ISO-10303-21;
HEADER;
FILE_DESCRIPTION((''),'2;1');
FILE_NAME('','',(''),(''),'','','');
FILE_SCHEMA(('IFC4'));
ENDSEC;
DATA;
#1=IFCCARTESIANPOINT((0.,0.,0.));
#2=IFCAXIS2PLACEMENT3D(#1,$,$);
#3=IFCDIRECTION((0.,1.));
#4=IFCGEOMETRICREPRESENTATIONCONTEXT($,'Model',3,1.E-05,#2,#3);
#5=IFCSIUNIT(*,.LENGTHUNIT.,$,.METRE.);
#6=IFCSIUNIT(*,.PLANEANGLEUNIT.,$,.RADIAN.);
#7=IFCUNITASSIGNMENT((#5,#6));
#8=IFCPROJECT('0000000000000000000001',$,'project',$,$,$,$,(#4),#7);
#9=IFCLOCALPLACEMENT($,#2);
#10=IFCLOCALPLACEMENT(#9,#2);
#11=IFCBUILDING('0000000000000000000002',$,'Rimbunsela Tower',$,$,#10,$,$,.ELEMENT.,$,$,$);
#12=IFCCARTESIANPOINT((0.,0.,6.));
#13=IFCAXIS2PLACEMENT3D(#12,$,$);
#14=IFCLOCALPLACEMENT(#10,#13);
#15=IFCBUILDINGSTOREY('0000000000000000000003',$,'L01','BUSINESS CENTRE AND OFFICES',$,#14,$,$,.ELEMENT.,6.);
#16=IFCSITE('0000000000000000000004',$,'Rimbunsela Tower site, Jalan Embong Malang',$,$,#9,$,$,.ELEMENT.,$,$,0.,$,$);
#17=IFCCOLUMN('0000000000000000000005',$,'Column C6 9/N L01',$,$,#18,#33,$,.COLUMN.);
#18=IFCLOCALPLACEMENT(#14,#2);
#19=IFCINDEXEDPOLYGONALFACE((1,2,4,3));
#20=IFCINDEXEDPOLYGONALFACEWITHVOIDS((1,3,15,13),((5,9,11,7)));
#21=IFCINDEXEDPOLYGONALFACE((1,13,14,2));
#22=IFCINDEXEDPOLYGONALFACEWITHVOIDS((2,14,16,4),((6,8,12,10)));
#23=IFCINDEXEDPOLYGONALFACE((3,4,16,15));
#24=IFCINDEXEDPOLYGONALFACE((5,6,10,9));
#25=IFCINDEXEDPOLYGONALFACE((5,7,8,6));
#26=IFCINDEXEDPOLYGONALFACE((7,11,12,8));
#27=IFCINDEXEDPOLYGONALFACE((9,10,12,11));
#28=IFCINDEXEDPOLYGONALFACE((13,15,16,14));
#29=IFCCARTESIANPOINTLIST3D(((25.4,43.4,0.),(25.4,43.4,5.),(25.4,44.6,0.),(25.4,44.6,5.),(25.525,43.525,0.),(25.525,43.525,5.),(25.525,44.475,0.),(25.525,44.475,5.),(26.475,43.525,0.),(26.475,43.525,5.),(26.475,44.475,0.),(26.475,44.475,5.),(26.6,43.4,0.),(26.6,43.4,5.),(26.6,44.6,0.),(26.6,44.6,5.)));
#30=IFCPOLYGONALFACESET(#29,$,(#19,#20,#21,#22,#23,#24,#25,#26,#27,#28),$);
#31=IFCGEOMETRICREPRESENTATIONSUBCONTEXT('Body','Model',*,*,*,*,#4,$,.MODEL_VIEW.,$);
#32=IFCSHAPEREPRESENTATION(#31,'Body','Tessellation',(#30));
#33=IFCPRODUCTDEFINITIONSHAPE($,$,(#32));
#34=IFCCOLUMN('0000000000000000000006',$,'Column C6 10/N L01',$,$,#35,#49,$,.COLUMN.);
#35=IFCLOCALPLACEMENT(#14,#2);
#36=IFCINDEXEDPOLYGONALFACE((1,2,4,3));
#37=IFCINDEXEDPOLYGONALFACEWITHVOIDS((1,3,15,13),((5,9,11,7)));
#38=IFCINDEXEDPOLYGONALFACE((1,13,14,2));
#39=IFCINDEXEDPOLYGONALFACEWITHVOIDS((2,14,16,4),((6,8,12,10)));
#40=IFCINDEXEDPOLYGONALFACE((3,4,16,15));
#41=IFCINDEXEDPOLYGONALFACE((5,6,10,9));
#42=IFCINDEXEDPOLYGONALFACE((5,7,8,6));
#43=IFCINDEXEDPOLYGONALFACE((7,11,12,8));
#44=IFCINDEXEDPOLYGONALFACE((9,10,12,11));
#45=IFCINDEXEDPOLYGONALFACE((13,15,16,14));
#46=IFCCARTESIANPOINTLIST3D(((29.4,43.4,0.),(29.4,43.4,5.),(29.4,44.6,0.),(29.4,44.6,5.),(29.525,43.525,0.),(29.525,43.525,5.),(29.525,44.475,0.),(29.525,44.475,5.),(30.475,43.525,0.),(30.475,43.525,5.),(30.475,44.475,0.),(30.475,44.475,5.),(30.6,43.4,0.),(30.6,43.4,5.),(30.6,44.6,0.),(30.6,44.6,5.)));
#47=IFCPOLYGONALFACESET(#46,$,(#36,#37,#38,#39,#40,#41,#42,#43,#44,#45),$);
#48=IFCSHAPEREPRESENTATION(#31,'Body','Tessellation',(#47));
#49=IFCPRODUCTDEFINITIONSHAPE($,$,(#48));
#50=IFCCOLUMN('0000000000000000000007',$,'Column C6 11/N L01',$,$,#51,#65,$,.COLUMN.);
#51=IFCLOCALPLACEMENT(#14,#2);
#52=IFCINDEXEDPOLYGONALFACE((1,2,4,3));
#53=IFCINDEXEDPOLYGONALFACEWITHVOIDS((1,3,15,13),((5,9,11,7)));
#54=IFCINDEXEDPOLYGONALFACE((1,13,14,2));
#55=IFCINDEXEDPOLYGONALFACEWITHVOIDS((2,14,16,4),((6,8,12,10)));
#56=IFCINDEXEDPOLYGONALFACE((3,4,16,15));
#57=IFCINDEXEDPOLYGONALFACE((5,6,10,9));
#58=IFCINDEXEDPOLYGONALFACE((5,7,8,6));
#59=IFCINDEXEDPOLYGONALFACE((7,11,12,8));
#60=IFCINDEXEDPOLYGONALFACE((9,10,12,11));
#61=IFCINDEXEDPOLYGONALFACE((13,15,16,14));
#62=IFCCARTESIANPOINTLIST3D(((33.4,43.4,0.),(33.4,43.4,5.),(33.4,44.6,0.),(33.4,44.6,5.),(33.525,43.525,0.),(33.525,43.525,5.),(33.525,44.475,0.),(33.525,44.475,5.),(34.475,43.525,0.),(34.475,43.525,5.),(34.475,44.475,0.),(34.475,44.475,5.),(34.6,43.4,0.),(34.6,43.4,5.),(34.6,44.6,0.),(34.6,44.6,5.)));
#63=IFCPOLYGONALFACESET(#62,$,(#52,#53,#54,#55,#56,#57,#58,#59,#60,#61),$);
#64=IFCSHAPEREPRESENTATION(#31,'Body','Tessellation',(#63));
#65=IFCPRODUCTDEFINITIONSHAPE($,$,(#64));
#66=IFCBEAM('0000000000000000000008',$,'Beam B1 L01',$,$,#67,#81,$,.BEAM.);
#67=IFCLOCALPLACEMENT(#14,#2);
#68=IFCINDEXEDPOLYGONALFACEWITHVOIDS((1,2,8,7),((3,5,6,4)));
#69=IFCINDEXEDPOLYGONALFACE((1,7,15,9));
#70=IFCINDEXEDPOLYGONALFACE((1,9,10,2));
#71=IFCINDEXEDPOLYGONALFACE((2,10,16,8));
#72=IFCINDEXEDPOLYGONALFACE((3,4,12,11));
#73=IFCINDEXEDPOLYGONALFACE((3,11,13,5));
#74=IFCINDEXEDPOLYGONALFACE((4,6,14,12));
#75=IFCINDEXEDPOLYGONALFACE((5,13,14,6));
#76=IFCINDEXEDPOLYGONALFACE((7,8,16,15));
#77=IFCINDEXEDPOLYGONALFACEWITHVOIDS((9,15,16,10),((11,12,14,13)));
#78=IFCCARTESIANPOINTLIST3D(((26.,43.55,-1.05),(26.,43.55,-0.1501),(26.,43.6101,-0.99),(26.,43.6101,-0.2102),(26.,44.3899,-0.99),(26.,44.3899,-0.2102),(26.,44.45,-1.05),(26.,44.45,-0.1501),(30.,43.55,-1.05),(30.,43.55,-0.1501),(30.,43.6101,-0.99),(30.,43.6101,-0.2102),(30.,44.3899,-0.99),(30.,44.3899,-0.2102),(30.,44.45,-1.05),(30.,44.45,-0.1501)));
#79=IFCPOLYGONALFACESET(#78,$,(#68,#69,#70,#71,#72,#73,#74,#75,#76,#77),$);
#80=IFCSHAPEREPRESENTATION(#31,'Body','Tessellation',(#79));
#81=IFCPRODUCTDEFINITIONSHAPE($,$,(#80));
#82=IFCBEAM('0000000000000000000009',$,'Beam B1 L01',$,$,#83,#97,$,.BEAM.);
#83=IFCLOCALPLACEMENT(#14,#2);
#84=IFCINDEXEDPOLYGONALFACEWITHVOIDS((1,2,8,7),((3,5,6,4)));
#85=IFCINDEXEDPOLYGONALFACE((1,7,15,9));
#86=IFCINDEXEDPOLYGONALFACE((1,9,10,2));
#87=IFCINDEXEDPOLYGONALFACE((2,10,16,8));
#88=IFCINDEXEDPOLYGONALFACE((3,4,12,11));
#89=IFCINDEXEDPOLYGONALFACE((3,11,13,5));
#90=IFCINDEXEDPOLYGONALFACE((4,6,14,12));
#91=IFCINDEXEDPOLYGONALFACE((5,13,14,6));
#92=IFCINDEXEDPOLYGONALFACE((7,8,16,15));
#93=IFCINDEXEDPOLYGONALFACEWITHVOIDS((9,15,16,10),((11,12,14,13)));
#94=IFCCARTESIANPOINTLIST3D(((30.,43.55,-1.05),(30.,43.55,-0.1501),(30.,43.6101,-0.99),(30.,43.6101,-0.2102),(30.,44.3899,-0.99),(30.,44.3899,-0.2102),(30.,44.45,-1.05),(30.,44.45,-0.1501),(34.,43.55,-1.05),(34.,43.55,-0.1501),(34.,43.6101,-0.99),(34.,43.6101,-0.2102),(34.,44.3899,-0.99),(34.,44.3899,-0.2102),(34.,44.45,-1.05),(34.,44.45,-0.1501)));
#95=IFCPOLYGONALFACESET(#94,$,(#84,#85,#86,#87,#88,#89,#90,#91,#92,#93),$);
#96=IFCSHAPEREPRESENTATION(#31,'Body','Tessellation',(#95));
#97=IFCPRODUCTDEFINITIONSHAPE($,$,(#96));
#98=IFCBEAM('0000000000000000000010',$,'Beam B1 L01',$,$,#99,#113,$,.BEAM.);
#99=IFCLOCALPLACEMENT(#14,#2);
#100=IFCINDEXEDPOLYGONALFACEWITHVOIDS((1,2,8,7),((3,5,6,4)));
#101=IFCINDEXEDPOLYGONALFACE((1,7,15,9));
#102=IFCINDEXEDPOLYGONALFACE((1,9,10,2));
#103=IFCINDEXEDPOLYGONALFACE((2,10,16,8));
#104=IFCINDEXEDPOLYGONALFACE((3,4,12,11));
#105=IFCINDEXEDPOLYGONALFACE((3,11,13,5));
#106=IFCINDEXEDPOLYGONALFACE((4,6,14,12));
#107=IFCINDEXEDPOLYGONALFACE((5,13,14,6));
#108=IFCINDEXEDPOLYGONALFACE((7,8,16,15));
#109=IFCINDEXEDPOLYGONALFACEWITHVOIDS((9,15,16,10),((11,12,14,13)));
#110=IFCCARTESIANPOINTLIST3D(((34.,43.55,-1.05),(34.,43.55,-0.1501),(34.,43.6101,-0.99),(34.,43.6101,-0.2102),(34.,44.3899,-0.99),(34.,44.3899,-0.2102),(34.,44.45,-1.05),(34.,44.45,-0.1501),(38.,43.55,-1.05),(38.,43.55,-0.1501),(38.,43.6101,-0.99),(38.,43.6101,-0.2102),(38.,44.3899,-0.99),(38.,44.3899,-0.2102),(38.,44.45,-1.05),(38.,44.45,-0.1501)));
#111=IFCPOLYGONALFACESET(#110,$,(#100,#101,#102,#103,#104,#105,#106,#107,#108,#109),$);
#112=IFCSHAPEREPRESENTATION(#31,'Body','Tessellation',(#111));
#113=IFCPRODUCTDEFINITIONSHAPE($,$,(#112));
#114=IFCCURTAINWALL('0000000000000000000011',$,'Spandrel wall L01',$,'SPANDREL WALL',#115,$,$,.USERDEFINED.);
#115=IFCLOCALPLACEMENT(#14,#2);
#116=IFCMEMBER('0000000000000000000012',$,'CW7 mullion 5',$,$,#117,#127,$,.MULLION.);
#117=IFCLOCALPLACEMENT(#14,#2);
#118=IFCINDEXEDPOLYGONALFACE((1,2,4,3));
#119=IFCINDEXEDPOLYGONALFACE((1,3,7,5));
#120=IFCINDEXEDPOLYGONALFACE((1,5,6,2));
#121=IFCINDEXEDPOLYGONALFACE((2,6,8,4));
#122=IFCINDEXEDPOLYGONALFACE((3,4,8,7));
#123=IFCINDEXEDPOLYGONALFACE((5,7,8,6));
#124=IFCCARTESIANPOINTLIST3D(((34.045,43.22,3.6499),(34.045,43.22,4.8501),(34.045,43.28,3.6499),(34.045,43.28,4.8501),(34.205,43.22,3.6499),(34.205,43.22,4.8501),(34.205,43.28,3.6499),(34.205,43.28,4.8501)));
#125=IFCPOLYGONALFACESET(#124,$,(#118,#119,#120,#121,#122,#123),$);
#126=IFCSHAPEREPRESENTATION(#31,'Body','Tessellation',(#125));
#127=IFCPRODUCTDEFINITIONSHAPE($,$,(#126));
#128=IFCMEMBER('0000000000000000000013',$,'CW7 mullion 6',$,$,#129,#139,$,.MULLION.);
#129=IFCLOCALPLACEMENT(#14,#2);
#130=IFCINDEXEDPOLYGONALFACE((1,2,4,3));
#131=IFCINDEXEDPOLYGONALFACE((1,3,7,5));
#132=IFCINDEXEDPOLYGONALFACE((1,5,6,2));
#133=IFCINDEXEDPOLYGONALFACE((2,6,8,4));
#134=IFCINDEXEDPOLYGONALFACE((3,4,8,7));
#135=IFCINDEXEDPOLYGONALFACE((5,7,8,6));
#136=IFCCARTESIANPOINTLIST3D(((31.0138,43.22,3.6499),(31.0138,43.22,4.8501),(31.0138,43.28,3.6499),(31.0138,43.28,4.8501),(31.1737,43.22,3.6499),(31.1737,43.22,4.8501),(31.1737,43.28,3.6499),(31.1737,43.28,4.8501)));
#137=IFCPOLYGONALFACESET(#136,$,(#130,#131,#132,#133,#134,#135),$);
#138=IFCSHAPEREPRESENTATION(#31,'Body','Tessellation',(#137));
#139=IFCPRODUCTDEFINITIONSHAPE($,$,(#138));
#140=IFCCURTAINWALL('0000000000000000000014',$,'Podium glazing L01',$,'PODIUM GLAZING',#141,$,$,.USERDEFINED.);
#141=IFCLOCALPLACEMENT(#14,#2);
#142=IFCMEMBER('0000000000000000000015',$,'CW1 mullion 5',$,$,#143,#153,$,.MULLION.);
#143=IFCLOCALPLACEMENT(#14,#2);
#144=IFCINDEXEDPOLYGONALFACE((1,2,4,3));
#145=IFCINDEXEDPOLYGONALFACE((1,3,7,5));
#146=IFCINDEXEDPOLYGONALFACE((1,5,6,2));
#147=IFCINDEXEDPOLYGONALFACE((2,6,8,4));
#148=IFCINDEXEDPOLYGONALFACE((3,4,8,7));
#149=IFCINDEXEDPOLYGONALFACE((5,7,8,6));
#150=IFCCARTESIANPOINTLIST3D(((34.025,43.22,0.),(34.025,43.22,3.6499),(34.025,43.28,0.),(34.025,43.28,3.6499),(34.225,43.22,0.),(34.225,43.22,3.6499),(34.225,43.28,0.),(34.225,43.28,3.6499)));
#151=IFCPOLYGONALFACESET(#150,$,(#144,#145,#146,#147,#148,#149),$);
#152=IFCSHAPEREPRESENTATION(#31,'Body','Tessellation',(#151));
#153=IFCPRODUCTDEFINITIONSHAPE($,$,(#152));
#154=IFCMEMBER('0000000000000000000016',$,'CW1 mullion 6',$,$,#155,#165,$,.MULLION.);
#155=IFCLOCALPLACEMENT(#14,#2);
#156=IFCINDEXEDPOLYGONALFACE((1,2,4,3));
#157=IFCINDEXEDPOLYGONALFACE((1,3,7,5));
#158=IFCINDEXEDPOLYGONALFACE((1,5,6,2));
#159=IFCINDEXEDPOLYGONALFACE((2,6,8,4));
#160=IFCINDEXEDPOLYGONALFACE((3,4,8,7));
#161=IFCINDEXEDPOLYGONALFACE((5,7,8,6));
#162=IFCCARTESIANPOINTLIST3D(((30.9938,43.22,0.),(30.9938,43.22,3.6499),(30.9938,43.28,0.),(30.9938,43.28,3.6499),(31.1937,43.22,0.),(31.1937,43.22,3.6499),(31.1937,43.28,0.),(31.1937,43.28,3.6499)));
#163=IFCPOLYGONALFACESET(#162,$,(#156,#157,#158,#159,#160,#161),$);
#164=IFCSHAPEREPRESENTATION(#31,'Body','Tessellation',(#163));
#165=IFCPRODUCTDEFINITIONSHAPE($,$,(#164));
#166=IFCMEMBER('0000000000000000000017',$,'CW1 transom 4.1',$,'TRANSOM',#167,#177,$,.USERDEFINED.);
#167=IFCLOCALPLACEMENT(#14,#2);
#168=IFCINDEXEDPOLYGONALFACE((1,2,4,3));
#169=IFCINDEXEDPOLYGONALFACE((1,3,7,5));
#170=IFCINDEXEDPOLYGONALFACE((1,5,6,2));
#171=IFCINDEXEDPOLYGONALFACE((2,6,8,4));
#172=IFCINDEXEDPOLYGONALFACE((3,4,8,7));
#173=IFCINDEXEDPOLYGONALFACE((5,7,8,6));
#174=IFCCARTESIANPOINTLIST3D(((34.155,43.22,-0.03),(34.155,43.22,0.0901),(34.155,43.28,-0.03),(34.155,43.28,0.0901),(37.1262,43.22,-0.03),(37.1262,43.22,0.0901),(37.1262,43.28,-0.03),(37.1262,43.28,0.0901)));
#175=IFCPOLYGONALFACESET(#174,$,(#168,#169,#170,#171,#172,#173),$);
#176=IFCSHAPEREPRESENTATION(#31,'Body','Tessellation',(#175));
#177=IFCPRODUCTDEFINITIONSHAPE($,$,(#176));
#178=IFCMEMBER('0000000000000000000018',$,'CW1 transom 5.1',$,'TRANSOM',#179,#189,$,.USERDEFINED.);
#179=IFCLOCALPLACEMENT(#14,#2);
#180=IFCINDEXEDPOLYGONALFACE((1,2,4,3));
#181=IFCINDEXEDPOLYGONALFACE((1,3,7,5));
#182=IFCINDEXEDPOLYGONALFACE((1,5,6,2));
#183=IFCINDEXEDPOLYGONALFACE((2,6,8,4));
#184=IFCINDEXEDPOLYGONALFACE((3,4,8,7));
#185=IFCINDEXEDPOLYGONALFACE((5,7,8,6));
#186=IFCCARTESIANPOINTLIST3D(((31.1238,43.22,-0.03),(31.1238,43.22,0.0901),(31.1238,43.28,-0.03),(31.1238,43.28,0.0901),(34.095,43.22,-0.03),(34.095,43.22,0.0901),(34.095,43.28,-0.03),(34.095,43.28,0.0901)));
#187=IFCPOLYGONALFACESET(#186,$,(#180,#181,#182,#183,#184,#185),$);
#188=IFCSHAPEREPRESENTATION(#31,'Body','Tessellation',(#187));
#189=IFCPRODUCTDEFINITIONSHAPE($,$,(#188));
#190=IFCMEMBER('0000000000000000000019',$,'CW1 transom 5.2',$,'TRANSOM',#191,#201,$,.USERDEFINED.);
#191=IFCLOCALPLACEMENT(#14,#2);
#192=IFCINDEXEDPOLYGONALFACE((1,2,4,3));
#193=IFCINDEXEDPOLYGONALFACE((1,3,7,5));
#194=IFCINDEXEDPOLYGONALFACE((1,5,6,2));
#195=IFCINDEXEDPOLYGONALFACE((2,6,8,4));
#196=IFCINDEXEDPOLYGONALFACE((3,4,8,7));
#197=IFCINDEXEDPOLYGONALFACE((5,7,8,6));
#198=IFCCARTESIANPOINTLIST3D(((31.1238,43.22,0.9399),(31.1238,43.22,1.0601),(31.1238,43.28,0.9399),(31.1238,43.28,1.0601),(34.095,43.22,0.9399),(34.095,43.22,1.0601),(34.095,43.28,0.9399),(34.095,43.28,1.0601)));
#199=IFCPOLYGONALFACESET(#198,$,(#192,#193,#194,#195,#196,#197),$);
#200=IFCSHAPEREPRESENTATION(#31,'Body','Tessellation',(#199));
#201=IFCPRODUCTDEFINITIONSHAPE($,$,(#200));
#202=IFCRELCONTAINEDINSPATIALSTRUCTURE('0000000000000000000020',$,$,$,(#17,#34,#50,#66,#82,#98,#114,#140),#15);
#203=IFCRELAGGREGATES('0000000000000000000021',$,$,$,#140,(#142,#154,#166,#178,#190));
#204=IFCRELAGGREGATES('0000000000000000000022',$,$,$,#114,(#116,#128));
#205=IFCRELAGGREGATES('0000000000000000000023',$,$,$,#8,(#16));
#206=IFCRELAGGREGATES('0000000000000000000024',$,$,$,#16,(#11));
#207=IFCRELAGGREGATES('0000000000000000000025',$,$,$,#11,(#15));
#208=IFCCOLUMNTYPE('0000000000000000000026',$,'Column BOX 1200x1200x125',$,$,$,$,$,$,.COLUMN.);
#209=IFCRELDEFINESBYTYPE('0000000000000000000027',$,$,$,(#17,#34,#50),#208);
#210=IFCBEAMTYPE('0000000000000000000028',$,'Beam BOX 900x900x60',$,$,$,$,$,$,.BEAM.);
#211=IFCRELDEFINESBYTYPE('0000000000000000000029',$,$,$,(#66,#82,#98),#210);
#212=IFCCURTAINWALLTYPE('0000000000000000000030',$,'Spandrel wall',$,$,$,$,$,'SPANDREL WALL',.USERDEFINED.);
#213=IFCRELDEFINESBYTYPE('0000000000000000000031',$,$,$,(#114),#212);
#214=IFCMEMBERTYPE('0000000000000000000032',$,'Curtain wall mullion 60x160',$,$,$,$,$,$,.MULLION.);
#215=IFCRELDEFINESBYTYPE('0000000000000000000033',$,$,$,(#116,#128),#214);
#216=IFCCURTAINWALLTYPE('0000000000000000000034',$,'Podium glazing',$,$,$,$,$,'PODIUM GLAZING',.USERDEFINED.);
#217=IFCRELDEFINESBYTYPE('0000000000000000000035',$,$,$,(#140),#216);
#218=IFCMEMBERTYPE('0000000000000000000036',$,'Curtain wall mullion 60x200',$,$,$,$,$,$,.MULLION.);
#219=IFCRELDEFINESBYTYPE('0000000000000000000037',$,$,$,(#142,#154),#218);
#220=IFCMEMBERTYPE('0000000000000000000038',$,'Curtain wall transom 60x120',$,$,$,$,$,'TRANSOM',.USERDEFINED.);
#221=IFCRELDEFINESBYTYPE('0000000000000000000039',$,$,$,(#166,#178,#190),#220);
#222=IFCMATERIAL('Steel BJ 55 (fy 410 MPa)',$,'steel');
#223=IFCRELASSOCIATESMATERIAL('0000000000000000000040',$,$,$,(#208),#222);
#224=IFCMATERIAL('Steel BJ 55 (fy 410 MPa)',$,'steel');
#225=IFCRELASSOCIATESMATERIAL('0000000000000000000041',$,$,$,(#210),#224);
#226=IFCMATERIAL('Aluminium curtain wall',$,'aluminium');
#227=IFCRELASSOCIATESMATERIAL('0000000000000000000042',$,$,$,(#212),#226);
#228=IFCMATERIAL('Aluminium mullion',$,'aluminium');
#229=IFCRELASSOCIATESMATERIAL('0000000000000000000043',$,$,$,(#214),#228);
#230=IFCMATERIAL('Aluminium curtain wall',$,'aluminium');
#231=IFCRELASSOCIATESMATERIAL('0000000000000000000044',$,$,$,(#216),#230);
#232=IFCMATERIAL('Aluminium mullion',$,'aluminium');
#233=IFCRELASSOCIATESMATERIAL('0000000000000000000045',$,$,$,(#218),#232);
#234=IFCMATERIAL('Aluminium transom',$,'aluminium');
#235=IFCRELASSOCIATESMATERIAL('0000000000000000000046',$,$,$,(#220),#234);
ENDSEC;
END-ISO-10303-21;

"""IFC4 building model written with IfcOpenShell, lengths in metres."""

from ifc_helpers import new_model, si_unit, direction, frame, origin, origin_2d, place, context, subcontext, project, spatial, rectangle, hollow_rectangle, extrude, material, material_profile, profile_set, type_object, element, aggregate, save


model = new_model("IFC4")

# Units and contexts
model_context = context("Model", 3, precision=1e-05, world=origin(), true_north=direction((0.0, 1.0)))
body_context = subcontext(model_context, "Body", "Model", "MODEL_VIEW")
ifc_project = project(units=[si_unit("LENGTHUNIT", "METRE"), si_unit("PLANEANGLEUNIT", "RADIAN")], contexts=[model_context])

# Site, building, storey
site_placement = place(None, origin())
site = spatial("IfcSite", under=ifc_project, at=site_placement, Name="Rimbunsela Tower site, Jalan Embong Malang", CompositionType="ELEMENT", RefElevation=0.0)
building_placement = place(site_placement, origin())
building = spatial("IfcBuilding", under=site, at=building_placement, Name="Rimbunsela Tower", CompositionType="ELEMENT")
storey_placement = place(building_placement, frame((0.0, 0.0, 6.0)))
storey = spatial("IfcBuildingStorey", under=building, at=storey_placement, Name="L01", Description="BUSINESS CENTRE AND OFFICES", CompositionType="ELEMENT", Elevation=6.0)

# Columns
ifc_material_1 = material(Name="Steel BJ 55 (fy 410 MPa)", Category="steel")
ifc_material_profile_1 = material_profile(ifc_material_1, hollow_rectangle(XDim=1.2, YDim=1.2, WallThickness=0.125, at=origin_2d()), Name="BOX 1200x1200x125")
ifc_profile_set_1 = profile_set([ifc_material_profile_1], Name="Steel BJ 55 (fy 410 MPa)")
column_type = type_object("IfcColumnType", Name="Column BOX 1200x1200x125", PredefinedType="COLUMN", material=ifc_profile_set_1)
for number, where, z_axis, x_axis, name in (
    (1, (26.0, 44.0, 0.0), (0.0, 0.0, 1.0), (1.0, 0.0, 0.0), "Column C6 9/N L01"),
    (2, (30.0, 44.0, 0.0), (0.0, 0.0, 1.0), (1.0, 0.0, 0.0), "Column C6 10/N L01"),
    (3, (34.0, 44.0, 0.0), (0.0, 0.0, 1.0), (1.0, 0.0, 0.0), "Column C6 11/N L01"),
):
    element("IfcColumn", number, at=place(storey_placement, frame(where, z_axis=z_axis, x_axis=x_axis)), inside=storey, type_object=column_type, Name=name, PredefinedType="COLUMN", context=body_context, shape_type="SweptSolid", body=[
        extrude(hollow_rectangle(XDim=1.2, YDim=1.2, WallThickness=0.125, at=origin_2d()), origin(), (0.0, 0.0, 1.0), 5.0),
    ])

# Beams
ifc_material_2 = material(Name="Steel BJ 55 (fy 410 MPa)", Category="steel")
ifc_material_profile_2 = material_profile(ifc_material_2, hollow_rectangle(XDim=0.8999, YDim=0.8999, WallThickness=0.0601, at=origin_2d()), Name="BOX 900x900x60")
ifc_profile_set_2 = profile_set([ifc_material_profile_2], Name="Steel BJ 55 (fy 410 MPa)")
beam_type = type_object("IfcBeamType", Name="Beam BOX 900x900x60", PredefinedType="BEAM", material=ifc_profile_set_2)
for number, where, z_axis, x_axis, name in (
    (4, (26.0, 44.0, -0.6001), (1.0, 0.0, 0.0), (0.0, 1.0, 0.0), "Beam B1 L01"),
    (5, (30.0, 44.0, -0.6001), (1.0, 0.0, 0.0), (0.0, 1.0, 0.0), "Beam B1 L01"),
    (6, (34.0, 44.0, -0.6001), (1.0, 0.0, 0.0), (0.0, 1.0, 0.0), "Beam B1 L01"),
):
    element("IfcBeam", number, at=place(storey_placement, frame(where, z_axis=z_axis, x_axis=x_axis)), inside=storey, type_object=beam_type, Name=name, PredefinedType="BEAM", context=body_context, shape_type="SweptSolid", body=[
        extrude(hollow_rectangle(XDim=0.8999, YDim=0.8999, WallThickness=0.0601, at=origin_2d()), origin(), (0.0, 0.0, 1.0), 4.0),
    ])

# Curtain walls, members
ifc_material_3 = material(Name="Aluminium curtain wall", Category="aluminium")
curtain_wall_type_1 = type_object("IfcCurtainWallType", Name="Spandrel wall", ElementType="SPANDREL WALL", PredefinedType="USERDEFINED", material=ifc_material_3)
curtain_wall_1_placement = place(storey_placement, origin())
curtain_wall_1 = element("IfcCurtainWall", 7, at=curtain_wall_1_placement, inside=storey, type_object=curtain_wall_type_1, Name="Spandrel wall L01", ObjectType="SPANDREL WALL", PredefinedType="USERDEFINED")
ifc_material_4 = material(Name="Aluminium mullion", Category="aluminium")
ifc_material_profile_3 = material_profile(ifc_material_4, rectangle(XDim=0.0601, YDim=0.1599, at=origin_2d()), Name="Mullion 60x160")
ifc_profile_set_3 = profile_set([ifc_material_profile_3], Name="Aluminium mullion")
member_type_1 = type_object("IfcMemberType", Name="Curtain wall mullion 60x160", PredefinedType="MULLION", material=ifc_profile_set_3)
member_1_placement = place(storey_placement, frame((34.125, 43.25, 3.6499), z_axis=(0.0, 0.0, 1.0), x_axis=(0.0, -1.0, 0.0)))
member_1 = element("IfcMember", 8, at=member_1_placement, type_object=member_type_1, Name="CW7 mullion 5", PredefinedType="MULLION", context=body_context, shape_type="SweptSolid", body=[
    extrude(rectangle(XDim=0.0601, YDim=0.1599, at=origin_2d()), origin(), (0.0, 0.0, 1.0), 1.2002),
])
member_2_placement = place(storey_placement, frame((31.0938, 43.25, 3.6499), z_axis=(0.0, 0.0, 1.0), x_axis=(0.0, -1.0, 0.0)))
member_2 = element("IfcMember", 9, at=member_2_placement, type_object=member_type_1, Name="CW7 mullion 6", PredefinedType="MULLION", context=body_context, shape_type="SweptSolid", body=[
    extrude(rectangle(XDim=0.0601, YDim=0.1599, at=origin_2d()), origin(), (0.0, 0.0, 1.0), 1.2002),
])
ifc_material_5 = material(Name="Aluminium curtain wall", Category="aluminium")
curtain_wall_type_2 = type_object("IfcCurtainWallType", Name="Podium glazing", ElementType="PODIUM GLAZING", PredefinedType="USERDEFINED", material=ifc_material_5)
curtain_wall_2_placement = place(storey_placement, origin())
curtain_wall_2 = element("IfcCurtainWall", 10, at=curtain_wall_2_placement, inside=storey, type_object=curtain_wall_type_2, Name="Podium glazing L01", ObjectType="PODIUM GLAZING", PredefinedType="USERDEFINED")
ifc_material_6 = material(Name="Aluminium mullion", Category="aluminium")
ifc_material_profile_4 = material_profile(ifc_material_6, rectangle(XDim=0.0601, YDim=0.2, at=origin_2d()), Name="Mullion 60x200")
ifc_profile_set_4 = profile_set([ifc_material_profile_4], Name="Aluminium mullion")
member_type_2 = type_object("IfcMemberType", Name="Curtain wall mullion 60x200", PredefinedType="MULLION", material=ifc_profile_set_4)
member_3_placement = place(storey_placement, frame((34.125, 43.25, 0.0), z_axis=(0.0, 0.0, 1.0), x_axis=(0.0, -1.0, 0.0)))
member_3 = element("IfcMember", 11, at=member_3_placement, type_object=member_type_2, Name="CW1 mullion 5", PredefinedType="MULLION", context=body_context, shape_type="SweptSolid", body=[
    extrude(rectangle(XDim=0.0601, YDim=0.2, at=origin_2d()), origin(), (0.0, 0.0, 1.0), 3.6499),
])
member_4_placement = place(storey_placement, frame((31.0938, 43.25, 0.0), z_axis=(0.0, 0.0, 1.0), x_axis=(0.0, -1.0, 0.0)))
member_4 = element("IfcMember", 12, at=member_4_placement, type_object=member_type_2, Name="CW1 mullion 6", PredefinedType="MULLION", context=body_context, shape_type="SweptSolid", body=[
    extrude(rectangle(XDim=0.0601, YDim=0.2, at=origin_2d()), origin(), (0.0, 0.0, 1.0), 3.6499),
])
ifc_material_7 = material(Name="Aluminium transom", Category="aluminium")
ifc_material_profile_5 = material_profile(ifc_material_7, rectangle(XDim=0.0601, YDim=0.1201, at=origin_2d()), Name="Transom 60x120")
ifc_profile_set_5 = profile_set([ifc_material_profile_5], Name="Aluminium transom")
member_type_3 = type_object("IfcMemberType", Name="Curtain wall transom 60x120", ElementType="TRANSOM", PredefinedType="USERDEFINED", material=ifc_profile_set_5)
member_5_placement = place(storey_placement, frame((37.1262, 43.25, 0.03), z_axis=(-1.0, 0.0, 0.0), x_axis=(0.0, -1.0, 0.0)))
member_5 = element("IfcMember", 13, at=member_5_placement, type_object=member_type_3, Name="CW1 transom 4.1", ObjectType="TRANSOM", PredefinedType="USERDEFINED", context=body_context, shape_type="SweptSolid", body=[
    extrude(rectangle(XDim=0.0601, YDim=0.1201, at=origin_2d()), origin(), (0.0, 0.0, 1.0), 2.9712),
])
member_6_placement = place(storey_placement, frame((34.095, 43.25, 0.03), z_axis=(-1.0, 0.0, 0.0), x_axis=(0.0, -1.0, 0.0)))
member_6 = element("IfcMember", 14, at=member_6_placement, type_object=member_type_3, Name="CW1 transom 5.1", ObjectType="TRANSOM", PredefinedType="USERDEFINED", context=body_context, shape_type="SweptSolid", body=[
    extrude(rectangle(XDim=0.0601, YDim=0.1201, at=origin_2d()), origin(), (0.0, 0.0, 1.0), 2.9712),
])
member_7_placement = place(storey_placement, frame((34.095, 43.25, 1.0), z_axis=(-1.0, 0.0, 0.0), x_axis=(0.0, -1.0, 0.0)))
member_7 = element("IfcMember", 15, at=member_7_placement, type_object=member_type_3, Name="CW1 transom 5.2", ObjectType="TRANSOM", PredefinedType="USERDEFINED", context=body_context, shape_type="SweptSolid", body=[
    extrude(rectangle(XDim=0.0601, YDim=0.1201, at=origin_2d()), origin(), (0.0, 0.0, 1.0), 2.9712),
])

aggregate(curtain_wall_2, [member_3, member_4, member_5, member_6, member_7])
aggregate(curtain_wall_1, [member_1, member_2])

save(model, "model.ifc")
